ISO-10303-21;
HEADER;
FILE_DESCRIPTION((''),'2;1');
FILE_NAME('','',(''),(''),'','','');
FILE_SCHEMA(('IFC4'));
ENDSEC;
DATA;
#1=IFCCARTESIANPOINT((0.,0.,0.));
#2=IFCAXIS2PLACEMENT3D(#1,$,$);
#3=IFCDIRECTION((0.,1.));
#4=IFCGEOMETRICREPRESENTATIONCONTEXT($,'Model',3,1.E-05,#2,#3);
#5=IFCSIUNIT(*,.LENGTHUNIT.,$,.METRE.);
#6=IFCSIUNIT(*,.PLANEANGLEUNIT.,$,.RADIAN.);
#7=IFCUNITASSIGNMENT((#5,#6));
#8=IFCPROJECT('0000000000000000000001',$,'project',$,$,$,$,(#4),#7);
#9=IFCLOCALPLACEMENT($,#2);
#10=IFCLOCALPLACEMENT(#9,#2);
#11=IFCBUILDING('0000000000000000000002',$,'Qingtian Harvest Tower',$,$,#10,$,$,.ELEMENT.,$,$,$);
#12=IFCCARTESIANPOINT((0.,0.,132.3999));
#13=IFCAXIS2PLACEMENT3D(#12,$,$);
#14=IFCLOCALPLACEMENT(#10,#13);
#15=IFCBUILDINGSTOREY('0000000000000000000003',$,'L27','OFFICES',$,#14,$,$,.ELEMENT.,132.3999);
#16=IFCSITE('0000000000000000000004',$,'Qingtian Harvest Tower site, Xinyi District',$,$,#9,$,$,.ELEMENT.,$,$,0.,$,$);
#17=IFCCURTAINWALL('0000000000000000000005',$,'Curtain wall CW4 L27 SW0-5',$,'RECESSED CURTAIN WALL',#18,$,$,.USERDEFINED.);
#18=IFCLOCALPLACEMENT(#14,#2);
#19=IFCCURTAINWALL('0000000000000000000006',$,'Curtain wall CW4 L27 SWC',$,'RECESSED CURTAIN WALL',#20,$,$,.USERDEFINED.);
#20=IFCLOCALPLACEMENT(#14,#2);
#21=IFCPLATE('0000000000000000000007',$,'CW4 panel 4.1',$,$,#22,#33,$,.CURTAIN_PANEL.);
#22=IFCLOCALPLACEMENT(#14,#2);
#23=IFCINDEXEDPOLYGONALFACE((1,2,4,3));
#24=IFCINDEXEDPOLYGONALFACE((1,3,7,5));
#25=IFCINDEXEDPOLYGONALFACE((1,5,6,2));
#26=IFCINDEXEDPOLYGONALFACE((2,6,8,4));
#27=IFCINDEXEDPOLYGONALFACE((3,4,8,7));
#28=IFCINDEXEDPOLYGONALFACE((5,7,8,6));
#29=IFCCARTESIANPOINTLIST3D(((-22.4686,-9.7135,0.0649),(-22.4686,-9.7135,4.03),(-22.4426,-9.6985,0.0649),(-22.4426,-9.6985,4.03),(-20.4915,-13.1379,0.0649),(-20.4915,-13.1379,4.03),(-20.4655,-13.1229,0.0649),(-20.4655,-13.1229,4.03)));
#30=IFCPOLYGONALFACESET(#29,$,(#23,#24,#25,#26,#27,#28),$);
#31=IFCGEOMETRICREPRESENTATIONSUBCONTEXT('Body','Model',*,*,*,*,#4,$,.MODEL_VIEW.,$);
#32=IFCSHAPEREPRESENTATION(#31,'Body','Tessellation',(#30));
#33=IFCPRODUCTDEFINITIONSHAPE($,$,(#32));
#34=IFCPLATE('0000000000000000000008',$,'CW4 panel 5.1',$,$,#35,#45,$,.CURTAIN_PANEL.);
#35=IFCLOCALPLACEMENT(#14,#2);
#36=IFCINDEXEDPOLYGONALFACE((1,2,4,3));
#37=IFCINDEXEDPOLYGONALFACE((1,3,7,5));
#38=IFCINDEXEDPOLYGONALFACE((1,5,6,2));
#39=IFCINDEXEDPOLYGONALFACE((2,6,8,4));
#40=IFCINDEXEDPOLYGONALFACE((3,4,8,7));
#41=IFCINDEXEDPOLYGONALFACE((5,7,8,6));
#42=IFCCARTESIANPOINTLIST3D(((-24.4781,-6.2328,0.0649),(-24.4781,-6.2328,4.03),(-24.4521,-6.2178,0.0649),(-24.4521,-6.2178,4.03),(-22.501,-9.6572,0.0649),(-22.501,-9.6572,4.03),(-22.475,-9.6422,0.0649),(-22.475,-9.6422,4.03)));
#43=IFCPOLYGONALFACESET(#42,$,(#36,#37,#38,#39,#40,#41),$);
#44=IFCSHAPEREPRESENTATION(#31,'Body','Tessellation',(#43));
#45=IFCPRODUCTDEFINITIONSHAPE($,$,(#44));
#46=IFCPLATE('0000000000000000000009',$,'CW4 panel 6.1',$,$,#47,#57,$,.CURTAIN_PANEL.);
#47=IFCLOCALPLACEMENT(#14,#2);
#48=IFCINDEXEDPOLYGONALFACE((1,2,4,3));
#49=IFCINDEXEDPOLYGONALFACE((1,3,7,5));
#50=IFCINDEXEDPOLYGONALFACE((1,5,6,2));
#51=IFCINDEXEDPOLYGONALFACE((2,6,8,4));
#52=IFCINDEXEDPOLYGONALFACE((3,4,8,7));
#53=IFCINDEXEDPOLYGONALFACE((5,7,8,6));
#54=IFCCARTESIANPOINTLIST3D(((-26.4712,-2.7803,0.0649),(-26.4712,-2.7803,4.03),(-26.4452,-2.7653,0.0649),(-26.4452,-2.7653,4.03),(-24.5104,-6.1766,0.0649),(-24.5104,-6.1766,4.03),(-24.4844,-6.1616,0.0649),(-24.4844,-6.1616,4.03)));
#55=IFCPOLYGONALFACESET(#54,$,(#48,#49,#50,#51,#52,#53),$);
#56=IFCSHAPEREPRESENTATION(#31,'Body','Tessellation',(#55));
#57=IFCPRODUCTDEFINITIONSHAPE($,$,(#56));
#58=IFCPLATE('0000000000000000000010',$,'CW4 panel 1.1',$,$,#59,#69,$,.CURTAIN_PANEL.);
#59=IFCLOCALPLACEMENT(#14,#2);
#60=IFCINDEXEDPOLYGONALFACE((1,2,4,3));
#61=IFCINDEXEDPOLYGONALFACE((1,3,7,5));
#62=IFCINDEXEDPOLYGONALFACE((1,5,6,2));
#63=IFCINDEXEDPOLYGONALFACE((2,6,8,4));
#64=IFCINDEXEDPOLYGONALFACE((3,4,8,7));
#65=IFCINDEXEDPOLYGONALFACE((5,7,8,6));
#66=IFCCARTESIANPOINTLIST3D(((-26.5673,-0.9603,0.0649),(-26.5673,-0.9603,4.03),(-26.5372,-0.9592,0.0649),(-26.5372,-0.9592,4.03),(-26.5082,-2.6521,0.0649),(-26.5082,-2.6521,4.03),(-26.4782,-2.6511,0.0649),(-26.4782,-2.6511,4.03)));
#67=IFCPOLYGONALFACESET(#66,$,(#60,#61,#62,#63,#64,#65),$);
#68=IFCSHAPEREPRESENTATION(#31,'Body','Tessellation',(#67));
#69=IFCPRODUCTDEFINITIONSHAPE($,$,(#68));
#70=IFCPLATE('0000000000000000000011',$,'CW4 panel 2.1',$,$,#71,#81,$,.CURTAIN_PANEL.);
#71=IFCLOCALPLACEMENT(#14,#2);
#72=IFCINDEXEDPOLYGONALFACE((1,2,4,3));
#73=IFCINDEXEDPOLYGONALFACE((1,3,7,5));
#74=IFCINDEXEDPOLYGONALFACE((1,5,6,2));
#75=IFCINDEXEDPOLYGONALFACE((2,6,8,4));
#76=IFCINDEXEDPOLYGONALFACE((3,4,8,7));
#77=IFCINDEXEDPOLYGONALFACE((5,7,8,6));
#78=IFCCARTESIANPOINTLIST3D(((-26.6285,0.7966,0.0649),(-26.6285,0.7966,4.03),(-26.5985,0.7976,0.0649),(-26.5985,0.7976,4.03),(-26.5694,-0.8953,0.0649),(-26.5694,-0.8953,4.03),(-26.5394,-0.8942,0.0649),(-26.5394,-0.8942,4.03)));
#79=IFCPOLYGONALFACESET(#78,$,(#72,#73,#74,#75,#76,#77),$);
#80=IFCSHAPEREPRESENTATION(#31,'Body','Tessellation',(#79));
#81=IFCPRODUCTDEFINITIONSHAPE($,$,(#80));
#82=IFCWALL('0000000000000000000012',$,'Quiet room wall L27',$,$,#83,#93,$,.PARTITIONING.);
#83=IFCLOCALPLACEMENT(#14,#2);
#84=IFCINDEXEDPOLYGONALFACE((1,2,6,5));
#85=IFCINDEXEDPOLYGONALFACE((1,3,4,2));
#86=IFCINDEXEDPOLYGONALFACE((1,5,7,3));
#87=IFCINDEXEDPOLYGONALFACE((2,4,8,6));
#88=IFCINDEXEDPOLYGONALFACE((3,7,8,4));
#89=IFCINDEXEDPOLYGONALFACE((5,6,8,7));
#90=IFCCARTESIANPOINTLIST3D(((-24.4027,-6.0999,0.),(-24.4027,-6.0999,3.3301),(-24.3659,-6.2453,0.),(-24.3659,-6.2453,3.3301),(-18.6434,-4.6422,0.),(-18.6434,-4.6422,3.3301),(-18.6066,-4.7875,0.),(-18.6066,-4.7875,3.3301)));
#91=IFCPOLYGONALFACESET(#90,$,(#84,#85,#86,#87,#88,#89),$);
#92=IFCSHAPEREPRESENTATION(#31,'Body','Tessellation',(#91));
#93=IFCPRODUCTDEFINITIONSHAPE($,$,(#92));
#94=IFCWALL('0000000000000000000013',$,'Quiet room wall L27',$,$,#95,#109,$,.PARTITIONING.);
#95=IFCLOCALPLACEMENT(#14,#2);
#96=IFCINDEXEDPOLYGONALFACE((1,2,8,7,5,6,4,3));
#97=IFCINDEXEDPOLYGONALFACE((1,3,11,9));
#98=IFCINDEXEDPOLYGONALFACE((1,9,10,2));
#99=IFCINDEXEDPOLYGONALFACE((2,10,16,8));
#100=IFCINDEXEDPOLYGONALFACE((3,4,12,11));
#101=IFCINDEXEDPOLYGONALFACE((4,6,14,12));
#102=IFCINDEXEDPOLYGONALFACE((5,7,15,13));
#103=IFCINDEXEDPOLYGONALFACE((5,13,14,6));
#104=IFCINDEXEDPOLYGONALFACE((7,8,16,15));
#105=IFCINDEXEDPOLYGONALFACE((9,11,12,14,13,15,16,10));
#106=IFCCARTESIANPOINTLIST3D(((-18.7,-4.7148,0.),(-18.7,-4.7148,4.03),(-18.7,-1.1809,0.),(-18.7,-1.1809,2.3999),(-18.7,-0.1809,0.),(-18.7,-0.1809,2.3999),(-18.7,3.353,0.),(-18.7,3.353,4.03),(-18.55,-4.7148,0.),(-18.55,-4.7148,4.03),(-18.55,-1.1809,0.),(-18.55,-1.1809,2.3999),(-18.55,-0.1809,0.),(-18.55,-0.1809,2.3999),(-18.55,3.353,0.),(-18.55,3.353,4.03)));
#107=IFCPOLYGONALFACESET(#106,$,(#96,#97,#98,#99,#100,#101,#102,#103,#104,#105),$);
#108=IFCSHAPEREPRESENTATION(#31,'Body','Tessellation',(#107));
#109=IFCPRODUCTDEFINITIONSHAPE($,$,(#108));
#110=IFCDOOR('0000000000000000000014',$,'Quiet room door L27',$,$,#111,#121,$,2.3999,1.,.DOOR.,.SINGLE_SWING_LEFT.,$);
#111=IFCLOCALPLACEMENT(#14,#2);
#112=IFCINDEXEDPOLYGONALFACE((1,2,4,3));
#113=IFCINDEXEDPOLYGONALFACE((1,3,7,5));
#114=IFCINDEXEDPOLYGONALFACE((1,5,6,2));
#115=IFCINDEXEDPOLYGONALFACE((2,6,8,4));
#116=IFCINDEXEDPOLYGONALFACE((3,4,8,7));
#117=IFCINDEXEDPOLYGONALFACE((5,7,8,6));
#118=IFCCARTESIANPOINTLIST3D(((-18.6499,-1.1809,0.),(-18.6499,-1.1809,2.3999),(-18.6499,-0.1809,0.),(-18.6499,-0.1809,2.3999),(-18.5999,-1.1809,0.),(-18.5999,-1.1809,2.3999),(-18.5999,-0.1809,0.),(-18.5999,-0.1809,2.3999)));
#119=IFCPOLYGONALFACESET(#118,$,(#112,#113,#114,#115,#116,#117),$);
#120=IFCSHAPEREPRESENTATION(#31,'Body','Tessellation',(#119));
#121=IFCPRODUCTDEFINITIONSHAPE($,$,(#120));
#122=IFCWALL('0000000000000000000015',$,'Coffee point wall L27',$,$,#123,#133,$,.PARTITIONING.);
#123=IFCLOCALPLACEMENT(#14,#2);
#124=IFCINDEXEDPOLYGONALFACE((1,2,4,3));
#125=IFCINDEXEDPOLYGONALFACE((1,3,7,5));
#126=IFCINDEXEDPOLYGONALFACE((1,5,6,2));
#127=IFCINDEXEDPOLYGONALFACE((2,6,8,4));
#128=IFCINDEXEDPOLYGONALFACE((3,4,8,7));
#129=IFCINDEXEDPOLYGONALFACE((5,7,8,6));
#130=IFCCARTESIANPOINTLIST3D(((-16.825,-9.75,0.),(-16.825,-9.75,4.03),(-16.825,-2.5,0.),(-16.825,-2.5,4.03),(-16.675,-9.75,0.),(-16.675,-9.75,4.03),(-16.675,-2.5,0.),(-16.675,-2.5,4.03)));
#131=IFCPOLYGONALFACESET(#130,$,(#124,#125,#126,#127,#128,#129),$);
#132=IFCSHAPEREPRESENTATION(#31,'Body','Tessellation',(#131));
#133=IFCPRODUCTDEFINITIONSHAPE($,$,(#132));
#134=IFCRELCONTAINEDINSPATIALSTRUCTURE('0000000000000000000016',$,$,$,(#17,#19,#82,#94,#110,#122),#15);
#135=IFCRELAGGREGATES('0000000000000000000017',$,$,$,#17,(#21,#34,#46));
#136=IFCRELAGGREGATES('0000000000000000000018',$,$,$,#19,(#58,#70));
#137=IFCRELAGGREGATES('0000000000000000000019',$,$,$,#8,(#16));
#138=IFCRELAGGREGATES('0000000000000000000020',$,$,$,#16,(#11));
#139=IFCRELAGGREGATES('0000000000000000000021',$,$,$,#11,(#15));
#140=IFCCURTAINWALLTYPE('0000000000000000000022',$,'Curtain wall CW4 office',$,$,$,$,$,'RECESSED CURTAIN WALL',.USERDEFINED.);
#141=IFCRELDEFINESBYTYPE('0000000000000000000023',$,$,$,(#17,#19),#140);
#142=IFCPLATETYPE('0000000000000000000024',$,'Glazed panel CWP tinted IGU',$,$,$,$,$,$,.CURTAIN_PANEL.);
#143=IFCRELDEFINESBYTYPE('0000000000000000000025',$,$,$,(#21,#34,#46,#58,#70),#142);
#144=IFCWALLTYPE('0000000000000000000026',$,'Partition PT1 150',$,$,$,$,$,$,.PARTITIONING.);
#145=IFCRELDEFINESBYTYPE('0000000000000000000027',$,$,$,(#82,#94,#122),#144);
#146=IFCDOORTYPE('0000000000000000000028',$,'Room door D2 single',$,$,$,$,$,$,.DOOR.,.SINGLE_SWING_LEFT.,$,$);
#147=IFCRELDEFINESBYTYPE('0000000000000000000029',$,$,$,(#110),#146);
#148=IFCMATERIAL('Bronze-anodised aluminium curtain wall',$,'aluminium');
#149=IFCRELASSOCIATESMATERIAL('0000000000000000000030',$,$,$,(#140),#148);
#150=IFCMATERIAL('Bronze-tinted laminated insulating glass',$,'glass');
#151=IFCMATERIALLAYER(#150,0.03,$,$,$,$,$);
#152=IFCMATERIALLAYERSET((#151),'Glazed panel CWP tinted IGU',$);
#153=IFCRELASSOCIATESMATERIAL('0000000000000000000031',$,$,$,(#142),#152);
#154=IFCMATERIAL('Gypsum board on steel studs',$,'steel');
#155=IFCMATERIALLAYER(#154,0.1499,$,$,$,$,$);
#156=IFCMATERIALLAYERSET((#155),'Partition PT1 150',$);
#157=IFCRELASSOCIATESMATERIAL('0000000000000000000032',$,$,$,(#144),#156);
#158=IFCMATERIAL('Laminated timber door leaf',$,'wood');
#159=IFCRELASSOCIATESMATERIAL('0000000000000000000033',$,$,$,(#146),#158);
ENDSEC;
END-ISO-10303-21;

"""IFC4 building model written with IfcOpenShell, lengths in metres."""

from ifc_helpers import new_model, si_unit, direction, frame, frame_2d, origin, origin_2d, place, context, subcontext, project, spatial, rectangle, extrude, material, layer, layer_set, type_object, element, fill, aggregate, save


model = new_model("IFC4")

# Units and contexts
model_context = context("Model", 3, precision=1e-05, world=origin(), true_north=direction((0.0, 1.0)))
body_context = subcontext(model_context, "Body", "Model", "MODEL_VIEW")
ifc_project = project(units=[si_unit("LENGTHUNIT", "METRE"), si_unit("PLANEANGLEUNIT", "RADIAN")], contexts=[model_context])

# Site, building, storey
site_placement = place(None, origin())
site = spatial("IfcSite", under=ifc_project, at=site_placement, Name="Qingtian Harvest Tower site, Xinyi District", CompositionType="ELEMENT", RefElevation=0.0)
building_placement = place(site_placement, origin())
building = spatial("IfcBuilding", under=site, at=building_placement, Name="Qingtian Harvest Tower", CompositionType="ELEMENT")
storey_placement = place(building_placement, frame((0.0, 0.0, 132.3999)))
storey = spatial("IfcBuildingStorey", under=building, at=storey_placement, Name="L27", Description="OFFICES", CompositionType="ELEMENT", Elevation=132.3999)

# Curtain walls
ifc_material_1 = material(Name="Bronze-anodised aluminium curtain wall", Category="aluminium")
curtain_wall_type = type_object("IfcCurtainWallType", Name="Curtain wall CW4 office", ElementType="RECESSED CURTAIN WALL", PredefinedType="USERDEFINED", material=ifc_material_1)
curtain_wall_1_placement = place(storey_placement, origin())
curtain_wall_1 = element("IfcCurtainWall", 1, at=curtain_wall_1_placement, inside=storey, type_object=curtain_wall_type, Name="Curtain wall CW4 L27 SW0-5", ObjectType="RECESSED CURTAIN WALL", PredefinedType="USERDEFINED")
curtain_wall_2_placement = place(storey_placement, origin())
curtain_wall_2 = element("IfcCurtainWall", 2, at=curtain_wall_2_placement, inside=storey, type_object=curtain_wall_type, Name="Curtain wall CW4 L27 SWC", ObjectType="RECESSED CURTAIN WALL", PredefinedType="USERDEFINED")

# Plates
ifc_material_2 = material(Name="Bronze-tinted laminated insulating glass", Category="glass")
ifc_layer_1 = layer(ifc_material_2, 0.03)
ifc_layer_set_1 = layer_set([ifc_layer_1], Name="Glazed panel CWP tinted IGU")
plate_type = type_object("IfcPlateType", Name="Glazed panel CWP tinted IGU", PredefinedType="CURTAIN_PANEL", material=ifc_layer_set_1)
plate_1_placement = place(storey_placement, frame((-21.467, -11.4182, 0.0649), z_axis=(0.0, 0.0, 1.0), x_axis=(-0.5, 0.866025, 0.0)))
plate_1 = element("IfcPlate", 3, at=plate_1_placement, type_object=plate_type, Name="CW4 panel 4.1", PredefinedType="CURTAIN_PANEL", context=body_context, shape_type="SweptSolid", body=[
    extrude(rectangle(XDim=3.9541, YDim=0.03, at=origin_2d()), origin(), (0.0, 0.0, 1.0), 3.9651),
])
plate_2_placement = place(storey_placement, frame((-23.4766, -7.9375, 0.0649), z_axis=(0.0, 0.0, 1.0), x_axis=(-0.5, 0.866025, 0.0)))
plate_2 = element("IfcPlate", 4, at=plate_2_placement, type_object=plate_type, Name="CW4 panel 5.1", PredefinedType="CURTAIN_PANEL", context=body_context, shape_type="SweptSolid", body=[
    extrude(rectangle(XDim=3.9541, YDim=0.03, at=origin_2d()), origin(), (0.0, 0.0, 1.0), 3.9651),
])
plate_3_placement = place(storey_placement, frame((-25.4778, -4.4709, 0.0649), z_axis=(0.0, 0.0, 1.0), x_axis=(-0.5, 0.866025, 0.0)))
plate_3 = element("IfcPlate", 5, at=plate_3_placement, type_object=plate_type, Name="CW4 panel 6.1", PredefinedType="CURTAIN_PANEL", context=body_context, shape_type="SweptSolid", body=[
    extrude(rectangle(XDim=3.9216, YDim=0.03, at=origin_2d()), origin(), (0.0, 0.0, 1.0), 3.9651),
])
aggregate(curtain_wall_1, [plate_1, plate_2, plate_3])
plate_4_placement = place(storey_placement, frame((-26.5227, -1.8057, 0.0649), z_axis=(0.0, 0.0, 1.0), x_axis=(-0.034899, 0.999391, 0.0)))
plate_4 = element("IfcPlate", 6, at=plate_4_placement, type_object=plate_type, Name="CW4 panel 1.1", PredefinedType="CURTAIN_PANEL", context=body_context, shape_type="SweptSolid", body=[
    extrude(rectangle(XDim=1.6929, YDim=0.03, at=origin_2d()), origin(), (0.0, 0.0, 1.0), 3.9651),
])
plate_5_placement = place(storey_placement, frame((-26.584, -0.0488, 0.0649), z_axis=(0.0, 0.0, 1.0), x_axis=(-0.034899, 0.999391, 0.0)))
plate_5 = element("IfcPlate", 7, at=plate_5_placement, type_object=plate_type, Name="CW4 panel 2.1", PredefinedType="CURTAIN_PANEL", context=body_context, shape_type="SweptSolid", body=[
    extrude(rectangle(XDim=1.6929, YDim=0.03, at=origin_2d()), origin(), (0.0, 0.0, 1.0), 3.9651),
])
aggregate(curtain_wall_2, [plate_4, plate_5])

# Shared definitions
ifc_material_3 = material(Name="Gypsum board on steel studs", Category="steel")
ifc_layer_2 = layer(ifc_material_3, 0.1499)
ifc_layer_set_2 = layer_set([ifc_layer_2], Name="Partition PT1 150")
wall_type = type_object("IfcWallType", Name="Partition PT1 150", PredefinedType="PARTITIONING", material=ifc_layer_set_2)

# Wall
wall_1_placement = place(storey_placement, frame((-24.3843, -6.1726, 0.0), z_axis=(0.0, 0.0, 1.0), x_axis=(0.969428, 0.245377, 0.0)))
element("IfcWall", 8, at=wall_1_placement, inside=storey, type_object=wall_type, Name="Quiet room wall L27", PredefinedType="PARTITIONING", context=body_context, shape_type="SweptSolid", body=[
    extrude(rectangle(XDim=5.9409, YDim=0.1499, at=frame_2d((2.9705, 0.0))), origin(), (0.0, 0.0, 1.0), 3.3301),
])

# Wall, opening, door
wall_2_placement = place(storey_placement, frame((-18.625, -4.7148, 0.0), z_axis=(0.0, 0.0, 1.0), x_axis=(0.0, 1.0, 0.0)))
wall_2 = element("IfcWall", 9, at=wall_2_placement, inside=storey, type_object=wall_type, Name="Quiet room wall L27", PredefinedType="PARTITIONING", context=body_context, shape_type="SweptSolid", body=[
    extrude(rectangle(XDim=8.0679, YDim=0.1499, at=frame_2d((4.0339, 0.0))), origin(), (0.0, 0.0, 1.0), 4.03),
])
opening_1_placement = place(wall_2_placement, frame((3.5339, 0.0, 0.0)))
opening_1 = element("IfcOpeningElement", 10, at=opening_1_placement, cuts=wall_2, PredefinedType="OPENING", context=body_context, shape_type="SweptSolid", body=[
    extrude(rectangle(XDim=1.0, YDim=2.3999, at=frame_2d((0.5, 1.2))), frame((0.0, 0.085, 0.0), z_axis=(0.0, -1.0, 0.0), x_axis=(1.0, 0.0, 0.0)), (0.0, 0.0, 1.0), 0.1699),
])
ifc_material_4 = material(Name="Laminated timber door leaf", Category="wood")
door_type_1 = type_object("IfcDoorType", Name="Room door D2 single", OperationType="SINGLE_SWING_LEFT", PredefinedType="DOOR", material=ifc_material_4)
door_1_placement = place(opening_1_placement, origin())
door_1 = element("IfcDoor", 11, at=door_1_placement, inside=storey, type_object=door_type_1, Name="Quiet room door L27", OperationType="SINGLE_SWING_LEFT", OverallHeight=2.3999, OverallWidth=1.0, PredefinedType="DOOR", context=body_context, shape_type="SweptSolid", body=[
    extrude(rectangle(XDim=1.0, YDim=2.3999, at=frame_2d((0.5, 1.2))), frame((0.0, 0.0249, 0.0), z_axis=(0.0, -1.0, 0.0), x_axis=(1.0, 0.0, 0.0)), (0.0, 0.0, 1.0), 0.05),
])
fill(opening_1, door_1)

# Wall
wall_3_placement = place(storey_placement, frame((-16.75, -9.75, 0.0), z_axis=(0.0, 0.0, 1.0), x_axis=(0.0, 1.0, 0.0)))
element("IfcWall", 12, at=wall_3_placement, inside=storey, type_object=wall_type, Name="Coffee point wall L27", PredefinedType="PARTITIONING", context=body_context, shape_type="SweptSolid", body=[
    extrude(rectangle(XDim=7.25, YDim=0.1499, at=frame_2d((3.625, 0.0))), origin(), (0.0, 0.0, 1.0), 4.03),
])

save(model, "model.ifc")
